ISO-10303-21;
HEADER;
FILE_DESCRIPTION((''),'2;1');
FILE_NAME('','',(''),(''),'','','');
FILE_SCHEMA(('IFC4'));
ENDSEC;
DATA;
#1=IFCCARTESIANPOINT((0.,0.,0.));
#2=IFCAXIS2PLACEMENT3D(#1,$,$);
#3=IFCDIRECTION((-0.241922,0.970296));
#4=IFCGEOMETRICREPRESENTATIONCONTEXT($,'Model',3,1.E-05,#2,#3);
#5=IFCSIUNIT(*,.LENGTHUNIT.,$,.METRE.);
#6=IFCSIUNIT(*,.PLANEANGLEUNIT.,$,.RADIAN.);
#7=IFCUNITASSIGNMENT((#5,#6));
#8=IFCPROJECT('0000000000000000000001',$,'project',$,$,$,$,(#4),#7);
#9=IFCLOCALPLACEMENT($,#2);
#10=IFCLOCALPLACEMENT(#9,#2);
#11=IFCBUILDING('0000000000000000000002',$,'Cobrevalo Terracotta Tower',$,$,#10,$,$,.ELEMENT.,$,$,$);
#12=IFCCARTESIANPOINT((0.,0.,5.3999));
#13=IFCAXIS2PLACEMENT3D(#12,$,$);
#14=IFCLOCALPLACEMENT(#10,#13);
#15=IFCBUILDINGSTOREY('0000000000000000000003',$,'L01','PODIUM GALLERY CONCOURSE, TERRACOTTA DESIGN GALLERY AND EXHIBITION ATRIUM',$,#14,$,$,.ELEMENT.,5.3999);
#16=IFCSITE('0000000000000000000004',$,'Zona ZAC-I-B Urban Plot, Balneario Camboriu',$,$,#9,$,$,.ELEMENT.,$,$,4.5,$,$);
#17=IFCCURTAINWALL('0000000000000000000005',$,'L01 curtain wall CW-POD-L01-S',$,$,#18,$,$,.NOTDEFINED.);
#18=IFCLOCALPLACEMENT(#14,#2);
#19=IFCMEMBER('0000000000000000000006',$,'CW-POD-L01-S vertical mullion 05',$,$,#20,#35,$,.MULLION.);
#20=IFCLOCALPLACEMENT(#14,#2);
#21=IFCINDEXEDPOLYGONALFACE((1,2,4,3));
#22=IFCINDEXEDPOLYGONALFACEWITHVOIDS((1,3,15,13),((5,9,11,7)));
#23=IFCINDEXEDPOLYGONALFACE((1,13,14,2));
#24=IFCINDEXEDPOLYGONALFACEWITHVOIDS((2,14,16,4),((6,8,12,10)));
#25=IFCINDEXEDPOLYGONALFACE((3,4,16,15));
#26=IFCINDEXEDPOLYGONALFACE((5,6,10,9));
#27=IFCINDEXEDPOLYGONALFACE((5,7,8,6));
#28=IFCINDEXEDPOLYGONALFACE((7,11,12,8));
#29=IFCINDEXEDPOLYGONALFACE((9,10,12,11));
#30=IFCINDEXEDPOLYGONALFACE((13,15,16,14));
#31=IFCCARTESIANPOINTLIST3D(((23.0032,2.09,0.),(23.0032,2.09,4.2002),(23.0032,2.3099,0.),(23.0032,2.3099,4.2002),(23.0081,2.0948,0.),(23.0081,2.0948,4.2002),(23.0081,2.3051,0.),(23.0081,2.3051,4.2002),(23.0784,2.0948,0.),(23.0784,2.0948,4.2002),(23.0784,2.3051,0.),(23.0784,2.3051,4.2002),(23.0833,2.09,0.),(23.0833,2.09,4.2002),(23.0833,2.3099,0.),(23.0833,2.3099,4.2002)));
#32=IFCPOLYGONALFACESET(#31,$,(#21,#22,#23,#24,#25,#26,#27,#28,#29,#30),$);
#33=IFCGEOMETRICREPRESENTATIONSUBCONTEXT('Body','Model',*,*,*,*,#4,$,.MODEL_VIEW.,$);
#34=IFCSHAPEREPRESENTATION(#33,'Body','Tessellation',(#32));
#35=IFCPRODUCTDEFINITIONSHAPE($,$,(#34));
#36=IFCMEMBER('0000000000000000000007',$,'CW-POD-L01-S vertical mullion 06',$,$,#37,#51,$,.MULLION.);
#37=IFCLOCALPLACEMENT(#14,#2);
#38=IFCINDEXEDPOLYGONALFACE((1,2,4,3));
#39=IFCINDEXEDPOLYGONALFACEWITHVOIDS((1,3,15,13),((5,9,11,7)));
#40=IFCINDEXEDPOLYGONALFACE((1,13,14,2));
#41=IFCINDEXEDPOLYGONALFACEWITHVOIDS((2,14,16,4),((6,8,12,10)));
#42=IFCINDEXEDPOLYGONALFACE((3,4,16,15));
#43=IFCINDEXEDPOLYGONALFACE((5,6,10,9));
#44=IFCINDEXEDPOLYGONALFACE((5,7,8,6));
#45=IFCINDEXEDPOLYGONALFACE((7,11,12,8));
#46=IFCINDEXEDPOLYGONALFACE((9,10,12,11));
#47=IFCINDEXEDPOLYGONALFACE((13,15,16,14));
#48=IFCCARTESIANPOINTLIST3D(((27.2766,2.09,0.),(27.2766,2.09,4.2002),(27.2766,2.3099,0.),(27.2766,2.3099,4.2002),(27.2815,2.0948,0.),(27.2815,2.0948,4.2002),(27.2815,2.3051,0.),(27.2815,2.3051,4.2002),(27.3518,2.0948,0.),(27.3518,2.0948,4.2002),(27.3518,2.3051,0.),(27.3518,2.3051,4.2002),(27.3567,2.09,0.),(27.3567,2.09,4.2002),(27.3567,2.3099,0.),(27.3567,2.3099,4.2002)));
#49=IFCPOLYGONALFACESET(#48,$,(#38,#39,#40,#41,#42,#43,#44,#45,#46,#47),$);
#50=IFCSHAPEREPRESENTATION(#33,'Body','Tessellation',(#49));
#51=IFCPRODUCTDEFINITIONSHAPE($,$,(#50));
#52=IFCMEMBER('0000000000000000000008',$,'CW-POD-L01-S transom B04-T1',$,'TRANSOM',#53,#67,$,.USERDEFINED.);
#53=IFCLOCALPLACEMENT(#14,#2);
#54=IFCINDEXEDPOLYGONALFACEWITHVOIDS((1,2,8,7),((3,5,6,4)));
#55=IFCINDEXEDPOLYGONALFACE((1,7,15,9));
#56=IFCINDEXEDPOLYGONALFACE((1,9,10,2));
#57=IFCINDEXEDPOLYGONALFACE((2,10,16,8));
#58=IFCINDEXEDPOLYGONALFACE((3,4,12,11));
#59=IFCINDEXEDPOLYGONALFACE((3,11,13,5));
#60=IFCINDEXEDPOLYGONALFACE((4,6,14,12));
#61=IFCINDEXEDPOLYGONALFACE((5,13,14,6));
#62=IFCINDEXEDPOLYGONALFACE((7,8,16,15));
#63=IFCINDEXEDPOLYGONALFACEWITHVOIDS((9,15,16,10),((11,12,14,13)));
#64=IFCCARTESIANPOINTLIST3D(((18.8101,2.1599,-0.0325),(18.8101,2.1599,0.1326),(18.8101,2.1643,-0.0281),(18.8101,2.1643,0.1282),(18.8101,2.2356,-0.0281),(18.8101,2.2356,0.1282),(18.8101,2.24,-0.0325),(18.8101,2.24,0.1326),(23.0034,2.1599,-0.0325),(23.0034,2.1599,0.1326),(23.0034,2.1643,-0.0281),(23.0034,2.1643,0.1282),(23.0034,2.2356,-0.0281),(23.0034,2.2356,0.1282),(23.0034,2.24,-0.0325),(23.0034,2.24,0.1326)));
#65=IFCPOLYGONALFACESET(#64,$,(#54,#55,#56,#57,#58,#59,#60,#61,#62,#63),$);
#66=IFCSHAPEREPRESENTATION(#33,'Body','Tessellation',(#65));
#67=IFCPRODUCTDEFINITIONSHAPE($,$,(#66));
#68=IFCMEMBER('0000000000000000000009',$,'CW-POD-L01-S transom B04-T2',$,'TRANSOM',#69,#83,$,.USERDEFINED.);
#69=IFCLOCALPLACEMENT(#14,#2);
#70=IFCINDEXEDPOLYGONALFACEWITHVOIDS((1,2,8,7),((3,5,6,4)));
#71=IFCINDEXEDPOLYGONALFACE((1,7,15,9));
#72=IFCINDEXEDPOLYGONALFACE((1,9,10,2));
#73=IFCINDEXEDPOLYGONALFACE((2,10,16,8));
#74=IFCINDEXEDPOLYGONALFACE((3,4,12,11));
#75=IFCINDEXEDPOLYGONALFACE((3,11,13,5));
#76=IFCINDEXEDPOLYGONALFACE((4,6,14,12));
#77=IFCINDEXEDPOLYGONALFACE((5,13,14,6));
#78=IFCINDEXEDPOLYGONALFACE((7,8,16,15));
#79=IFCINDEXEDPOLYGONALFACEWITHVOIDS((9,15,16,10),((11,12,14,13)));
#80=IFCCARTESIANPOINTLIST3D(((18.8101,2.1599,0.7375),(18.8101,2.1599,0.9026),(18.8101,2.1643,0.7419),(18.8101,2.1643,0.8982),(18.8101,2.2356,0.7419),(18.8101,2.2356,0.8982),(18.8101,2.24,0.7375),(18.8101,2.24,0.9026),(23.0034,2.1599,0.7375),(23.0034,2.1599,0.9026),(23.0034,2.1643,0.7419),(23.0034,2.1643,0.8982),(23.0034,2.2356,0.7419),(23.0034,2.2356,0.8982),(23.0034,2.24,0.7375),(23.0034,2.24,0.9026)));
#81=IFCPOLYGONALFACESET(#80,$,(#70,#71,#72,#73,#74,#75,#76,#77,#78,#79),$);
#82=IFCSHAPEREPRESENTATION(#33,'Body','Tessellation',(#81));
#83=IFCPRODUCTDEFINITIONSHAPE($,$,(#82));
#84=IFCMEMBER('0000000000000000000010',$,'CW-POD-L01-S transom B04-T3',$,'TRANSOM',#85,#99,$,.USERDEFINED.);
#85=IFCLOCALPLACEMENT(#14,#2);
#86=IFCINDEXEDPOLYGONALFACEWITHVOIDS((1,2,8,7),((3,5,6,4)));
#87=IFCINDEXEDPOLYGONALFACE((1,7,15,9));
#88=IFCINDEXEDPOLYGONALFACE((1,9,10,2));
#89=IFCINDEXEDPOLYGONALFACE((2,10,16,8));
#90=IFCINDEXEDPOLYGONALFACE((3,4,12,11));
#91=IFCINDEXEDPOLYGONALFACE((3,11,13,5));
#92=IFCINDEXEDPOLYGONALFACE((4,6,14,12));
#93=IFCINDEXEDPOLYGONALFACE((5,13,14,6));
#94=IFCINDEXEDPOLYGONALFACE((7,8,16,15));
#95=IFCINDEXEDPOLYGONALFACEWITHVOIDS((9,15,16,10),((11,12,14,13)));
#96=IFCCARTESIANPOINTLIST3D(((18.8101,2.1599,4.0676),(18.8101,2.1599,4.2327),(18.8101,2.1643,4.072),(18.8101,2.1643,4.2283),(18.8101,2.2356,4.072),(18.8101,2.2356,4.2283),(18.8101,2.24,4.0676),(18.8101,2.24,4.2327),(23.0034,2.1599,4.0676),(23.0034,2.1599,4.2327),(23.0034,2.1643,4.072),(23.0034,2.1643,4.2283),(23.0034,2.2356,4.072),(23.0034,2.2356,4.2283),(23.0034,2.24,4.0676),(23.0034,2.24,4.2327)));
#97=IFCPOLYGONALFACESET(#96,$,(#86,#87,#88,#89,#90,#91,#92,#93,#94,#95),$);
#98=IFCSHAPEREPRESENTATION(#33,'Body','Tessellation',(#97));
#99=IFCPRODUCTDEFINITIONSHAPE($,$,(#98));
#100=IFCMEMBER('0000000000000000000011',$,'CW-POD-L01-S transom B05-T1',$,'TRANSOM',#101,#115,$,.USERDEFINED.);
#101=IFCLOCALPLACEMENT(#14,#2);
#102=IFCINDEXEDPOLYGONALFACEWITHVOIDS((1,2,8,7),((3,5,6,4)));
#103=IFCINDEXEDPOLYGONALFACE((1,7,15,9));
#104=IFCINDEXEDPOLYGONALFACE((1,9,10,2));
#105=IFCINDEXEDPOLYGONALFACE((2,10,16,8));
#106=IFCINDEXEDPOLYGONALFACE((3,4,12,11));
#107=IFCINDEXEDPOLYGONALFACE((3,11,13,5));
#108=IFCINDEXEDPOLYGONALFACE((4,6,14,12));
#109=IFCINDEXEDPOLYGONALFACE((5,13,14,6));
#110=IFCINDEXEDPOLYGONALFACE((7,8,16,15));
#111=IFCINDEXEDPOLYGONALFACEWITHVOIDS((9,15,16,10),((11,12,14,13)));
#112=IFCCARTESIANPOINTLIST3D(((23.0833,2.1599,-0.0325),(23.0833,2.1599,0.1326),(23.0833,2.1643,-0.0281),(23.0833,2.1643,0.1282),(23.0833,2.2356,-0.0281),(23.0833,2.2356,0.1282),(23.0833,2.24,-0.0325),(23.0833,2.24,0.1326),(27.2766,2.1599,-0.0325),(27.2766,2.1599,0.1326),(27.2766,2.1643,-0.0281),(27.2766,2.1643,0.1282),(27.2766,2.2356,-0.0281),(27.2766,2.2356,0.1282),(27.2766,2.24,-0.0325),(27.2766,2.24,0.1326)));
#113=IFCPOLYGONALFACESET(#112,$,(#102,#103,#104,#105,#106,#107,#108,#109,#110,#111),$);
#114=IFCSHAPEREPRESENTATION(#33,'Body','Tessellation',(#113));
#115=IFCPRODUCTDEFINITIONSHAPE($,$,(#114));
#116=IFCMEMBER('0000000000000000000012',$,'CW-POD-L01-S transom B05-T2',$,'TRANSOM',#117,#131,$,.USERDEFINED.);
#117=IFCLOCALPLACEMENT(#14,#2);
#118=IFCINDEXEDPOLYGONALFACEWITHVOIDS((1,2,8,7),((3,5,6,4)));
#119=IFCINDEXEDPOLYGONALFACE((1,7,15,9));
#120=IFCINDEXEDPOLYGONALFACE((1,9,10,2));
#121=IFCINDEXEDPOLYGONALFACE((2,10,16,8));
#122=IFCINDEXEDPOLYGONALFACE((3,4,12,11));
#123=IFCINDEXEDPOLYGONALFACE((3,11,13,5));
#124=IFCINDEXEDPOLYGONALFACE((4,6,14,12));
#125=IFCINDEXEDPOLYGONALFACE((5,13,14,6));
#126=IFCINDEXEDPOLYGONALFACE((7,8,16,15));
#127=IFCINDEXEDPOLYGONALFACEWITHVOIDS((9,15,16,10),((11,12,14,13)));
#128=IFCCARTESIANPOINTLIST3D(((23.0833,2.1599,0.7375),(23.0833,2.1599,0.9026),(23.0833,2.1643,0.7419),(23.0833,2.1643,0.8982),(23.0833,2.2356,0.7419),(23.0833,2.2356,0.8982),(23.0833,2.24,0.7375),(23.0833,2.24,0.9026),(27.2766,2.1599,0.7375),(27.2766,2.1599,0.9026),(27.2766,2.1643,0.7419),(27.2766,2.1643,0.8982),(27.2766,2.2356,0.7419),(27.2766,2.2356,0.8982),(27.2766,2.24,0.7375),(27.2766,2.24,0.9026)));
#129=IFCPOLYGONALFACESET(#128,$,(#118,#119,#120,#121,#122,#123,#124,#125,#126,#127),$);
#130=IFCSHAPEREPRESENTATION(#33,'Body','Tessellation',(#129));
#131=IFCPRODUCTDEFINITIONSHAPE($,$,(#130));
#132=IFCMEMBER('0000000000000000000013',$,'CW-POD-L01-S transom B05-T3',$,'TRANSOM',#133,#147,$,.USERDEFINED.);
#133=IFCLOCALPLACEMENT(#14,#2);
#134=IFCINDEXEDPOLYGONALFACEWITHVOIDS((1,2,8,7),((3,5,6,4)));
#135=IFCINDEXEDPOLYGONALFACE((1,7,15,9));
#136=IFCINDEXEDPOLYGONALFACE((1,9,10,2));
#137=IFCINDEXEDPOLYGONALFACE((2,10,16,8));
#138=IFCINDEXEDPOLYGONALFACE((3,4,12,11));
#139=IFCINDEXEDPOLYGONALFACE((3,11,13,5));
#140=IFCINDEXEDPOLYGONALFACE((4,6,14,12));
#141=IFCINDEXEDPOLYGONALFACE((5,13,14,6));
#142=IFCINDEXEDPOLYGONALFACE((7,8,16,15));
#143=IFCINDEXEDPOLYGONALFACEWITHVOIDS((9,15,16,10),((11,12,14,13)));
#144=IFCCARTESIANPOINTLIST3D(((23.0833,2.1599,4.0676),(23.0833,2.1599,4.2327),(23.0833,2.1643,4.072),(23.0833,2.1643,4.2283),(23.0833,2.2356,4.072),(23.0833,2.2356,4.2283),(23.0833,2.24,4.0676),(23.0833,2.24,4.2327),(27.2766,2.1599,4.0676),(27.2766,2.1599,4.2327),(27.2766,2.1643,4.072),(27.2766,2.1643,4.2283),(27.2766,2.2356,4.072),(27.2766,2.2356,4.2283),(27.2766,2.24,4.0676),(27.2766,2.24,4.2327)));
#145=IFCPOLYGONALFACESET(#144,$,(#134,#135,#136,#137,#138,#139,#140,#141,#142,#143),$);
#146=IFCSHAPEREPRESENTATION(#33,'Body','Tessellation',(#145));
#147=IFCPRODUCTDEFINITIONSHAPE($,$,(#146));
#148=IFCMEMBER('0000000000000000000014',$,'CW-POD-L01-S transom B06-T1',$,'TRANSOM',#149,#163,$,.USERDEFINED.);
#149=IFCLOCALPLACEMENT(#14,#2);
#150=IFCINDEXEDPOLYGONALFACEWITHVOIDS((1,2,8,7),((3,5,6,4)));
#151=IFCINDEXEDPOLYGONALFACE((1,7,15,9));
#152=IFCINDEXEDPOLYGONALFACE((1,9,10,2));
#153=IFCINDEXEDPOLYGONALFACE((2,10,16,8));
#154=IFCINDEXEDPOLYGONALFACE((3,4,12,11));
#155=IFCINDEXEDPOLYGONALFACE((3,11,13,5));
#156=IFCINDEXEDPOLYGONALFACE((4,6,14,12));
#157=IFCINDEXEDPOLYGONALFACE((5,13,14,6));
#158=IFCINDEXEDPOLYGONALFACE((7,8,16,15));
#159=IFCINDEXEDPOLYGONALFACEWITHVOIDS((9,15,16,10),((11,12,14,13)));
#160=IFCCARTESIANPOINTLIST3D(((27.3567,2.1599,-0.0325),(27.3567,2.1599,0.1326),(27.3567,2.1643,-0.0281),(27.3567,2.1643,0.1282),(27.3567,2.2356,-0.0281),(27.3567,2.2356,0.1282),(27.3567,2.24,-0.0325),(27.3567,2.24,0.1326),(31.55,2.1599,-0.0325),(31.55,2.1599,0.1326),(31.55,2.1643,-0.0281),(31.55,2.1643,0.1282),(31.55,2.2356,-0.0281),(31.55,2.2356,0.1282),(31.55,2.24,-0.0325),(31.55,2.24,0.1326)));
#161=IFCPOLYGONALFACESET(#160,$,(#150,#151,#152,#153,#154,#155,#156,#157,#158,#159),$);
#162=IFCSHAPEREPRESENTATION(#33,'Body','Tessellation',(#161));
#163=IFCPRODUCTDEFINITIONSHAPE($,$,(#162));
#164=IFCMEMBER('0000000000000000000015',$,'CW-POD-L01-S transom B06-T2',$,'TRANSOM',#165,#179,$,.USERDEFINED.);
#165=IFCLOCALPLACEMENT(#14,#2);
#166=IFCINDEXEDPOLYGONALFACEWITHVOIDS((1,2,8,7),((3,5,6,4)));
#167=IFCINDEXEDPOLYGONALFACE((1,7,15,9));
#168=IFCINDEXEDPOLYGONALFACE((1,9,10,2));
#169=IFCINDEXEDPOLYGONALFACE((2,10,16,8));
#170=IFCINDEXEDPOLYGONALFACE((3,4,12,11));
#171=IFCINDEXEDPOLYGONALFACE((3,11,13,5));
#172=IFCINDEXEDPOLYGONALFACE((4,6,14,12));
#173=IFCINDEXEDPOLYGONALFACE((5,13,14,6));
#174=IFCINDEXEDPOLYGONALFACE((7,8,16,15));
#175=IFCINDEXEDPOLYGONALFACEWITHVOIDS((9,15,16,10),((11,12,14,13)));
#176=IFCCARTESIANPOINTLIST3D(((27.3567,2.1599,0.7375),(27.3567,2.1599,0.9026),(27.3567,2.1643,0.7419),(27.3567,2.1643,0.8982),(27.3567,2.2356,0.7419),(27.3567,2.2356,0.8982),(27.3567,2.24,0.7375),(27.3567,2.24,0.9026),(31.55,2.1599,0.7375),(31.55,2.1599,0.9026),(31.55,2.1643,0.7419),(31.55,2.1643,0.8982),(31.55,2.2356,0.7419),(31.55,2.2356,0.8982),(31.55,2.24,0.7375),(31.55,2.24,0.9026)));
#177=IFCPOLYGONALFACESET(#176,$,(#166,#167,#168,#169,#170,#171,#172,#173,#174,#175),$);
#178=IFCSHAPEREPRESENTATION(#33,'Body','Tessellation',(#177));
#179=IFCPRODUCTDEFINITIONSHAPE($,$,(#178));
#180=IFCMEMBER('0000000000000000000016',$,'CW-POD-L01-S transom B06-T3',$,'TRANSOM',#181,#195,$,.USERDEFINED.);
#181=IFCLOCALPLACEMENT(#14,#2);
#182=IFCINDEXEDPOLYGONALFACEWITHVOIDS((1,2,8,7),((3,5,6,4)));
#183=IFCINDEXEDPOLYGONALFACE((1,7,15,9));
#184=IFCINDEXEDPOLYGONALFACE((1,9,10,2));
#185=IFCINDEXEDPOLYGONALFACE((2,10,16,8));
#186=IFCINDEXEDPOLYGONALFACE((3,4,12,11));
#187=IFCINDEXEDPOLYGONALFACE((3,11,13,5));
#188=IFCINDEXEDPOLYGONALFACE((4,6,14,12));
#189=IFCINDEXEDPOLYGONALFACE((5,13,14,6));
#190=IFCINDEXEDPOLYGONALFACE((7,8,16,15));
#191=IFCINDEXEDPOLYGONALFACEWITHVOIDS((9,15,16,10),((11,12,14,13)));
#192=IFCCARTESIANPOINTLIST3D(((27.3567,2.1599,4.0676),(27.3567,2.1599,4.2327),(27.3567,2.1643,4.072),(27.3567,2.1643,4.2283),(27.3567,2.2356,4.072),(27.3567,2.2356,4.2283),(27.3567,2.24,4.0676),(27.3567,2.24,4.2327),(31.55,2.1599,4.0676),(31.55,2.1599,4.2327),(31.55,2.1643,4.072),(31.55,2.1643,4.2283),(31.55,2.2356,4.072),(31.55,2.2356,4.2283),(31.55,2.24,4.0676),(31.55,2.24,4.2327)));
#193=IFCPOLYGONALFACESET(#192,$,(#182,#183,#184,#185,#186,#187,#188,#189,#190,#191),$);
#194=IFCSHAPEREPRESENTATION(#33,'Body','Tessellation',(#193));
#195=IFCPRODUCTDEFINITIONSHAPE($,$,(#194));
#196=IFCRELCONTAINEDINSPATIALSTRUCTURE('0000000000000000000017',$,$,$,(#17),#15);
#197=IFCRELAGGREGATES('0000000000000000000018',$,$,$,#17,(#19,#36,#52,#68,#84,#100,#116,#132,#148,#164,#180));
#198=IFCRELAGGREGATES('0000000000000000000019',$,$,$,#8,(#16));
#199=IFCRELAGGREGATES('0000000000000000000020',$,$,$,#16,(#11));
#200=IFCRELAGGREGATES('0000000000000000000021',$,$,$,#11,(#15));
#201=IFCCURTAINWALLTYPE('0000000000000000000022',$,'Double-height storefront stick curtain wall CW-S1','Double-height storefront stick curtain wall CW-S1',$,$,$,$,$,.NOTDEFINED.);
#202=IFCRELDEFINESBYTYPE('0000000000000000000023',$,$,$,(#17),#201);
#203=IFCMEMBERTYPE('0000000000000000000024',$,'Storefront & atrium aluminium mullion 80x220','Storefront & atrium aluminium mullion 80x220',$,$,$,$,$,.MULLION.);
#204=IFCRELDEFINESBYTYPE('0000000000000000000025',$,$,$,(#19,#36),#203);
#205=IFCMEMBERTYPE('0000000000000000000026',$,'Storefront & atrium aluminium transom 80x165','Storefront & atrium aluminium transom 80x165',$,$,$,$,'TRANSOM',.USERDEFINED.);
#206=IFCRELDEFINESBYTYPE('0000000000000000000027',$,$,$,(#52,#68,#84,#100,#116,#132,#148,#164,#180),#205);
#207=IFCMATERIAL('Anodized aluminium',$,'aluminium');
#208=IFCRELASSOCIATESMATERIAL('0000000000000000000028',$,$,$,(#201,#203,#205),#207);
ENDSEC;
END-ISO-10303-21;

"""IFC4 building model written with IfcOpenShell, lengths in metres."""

from ifc_helpers import new_model, si_unit, direction, frame, origin, origin_2d, place, context, subcontext, project, spatial, hollow_rectangle, extrude, source, transform, mapped, material, material_profile, profile_set, type_object, element, aggregate, save


model = new_model("IFC4")

# Units and contexts
model_context = context("Model", 3, precision=1e-05, world=origin(), true_north=direction((-0.241922, 0.970296)))
body_context = subcontext(model_context, "Body", "Model", "MODEL_VIEW")
ifc_project = project(units=[si_unit("LENGTHUNIT", "METRE"), si_unit("PLANEANGLEUNIT", "RADIAN")], contexts=[model_context])

# Site, building, storey
site_placement = place(None, origin())
site = spatial("IfcSite", under=ifc_project, at=site_placement, Name="Zona ZAC-I-B Urban Plot, Balneario Camboriu", CompositionType="ELEMENT", RefElevation=4.5)
building_placement = place(site_placement, origin())
building = spatial("IfcBuilding", under=site, at=building_placement, Name="Cobrevalo Terracotta Tower", CompositionType="ELEMENT")
storey_placement = place(building_placement, frame((0.0, 0.0, 5.3999)))
storey = spatial("IfcBuildingStorey", under=building, at=storey_placement, Name="L01", Description="PODIUM GALLERY CONCOURSE, TERRACOTTA DESIGN GALLERY AND EXHIBITION ATRIUM", CompositionType="ELEMENT", Elevation=5.3999)

# Curtain wall, members
ifc_material_1 = material(Name="Anodized aluminium", Category="aluminium")
curtain_wall_type = type_object("IfcCurtainWallType", Name="Double-height storefront stick curtain wall CW-S1", Description="Double-height storefront stick curtain wall CW-S1", PredefinedType="NOTDEFINED", material=ifc_material_1)
curtain_wall_placement = place(storey_placement, origin())
curtain_wall = element("IfcCurtainWall", 1, at=curtain_wall_placement, inside=storey, type_object=curtain_wall_type, Name="L01 curtain wall CW-POD-L01-S", PredefinedType="NOTDEFINED")
ifc_material_profile_1 = material_profile(ifc_material_1, hollow_rectangle(XDim=0.0801, YDim=0.22, WallThickness=0.0049, at=origin_2d()), Name="CWM 80x220")
ifc_profile_set_1 = profile_set([ifc_material_profile_1], Name="Anodized aluminium")
member_type_1 = type_object("IfcMemberType", Name="Storefront & atrium aluminium mullion 80x220", Description="Storefront & atrium aluminium mullion 80x220", PredefinedType="MULLION", material=ifc_profile_set_1)
shared_shape_1 = source(origin(), body_context, "Body", "SweptSolid", [
    extrude(hollow_rectangle(XDim=0.0801, YDim=0.22, WallThickness=0.0049, at=origin_2d()), origin(), (0.0, 0.0, 1.0), 4.2002),
])
member_1_placement = place(storey_placement, frame((23.0432, 2.2, 0.0), z_axis=(0.0, 0.0, 1.0), x_axis=(1.0, 0.0, 0.0)))
member_1 = element("IfcMember", 2, at=member_1_placement, type_object=member_type_1, Name="CW-POD-L01-S vertical mullion 05", PredefinedType="MULLION", context=body_context, shape_type="MappedRepresentation", body=[
    mapped(shared_shape_1, transform((0.0, 0.0, 0.0), scale=1.0)),
])
member_2_placement = place(storey_placement, frame((27.3167, 2.2, 0.0), z_axis=(0.0, 0.0, 1.0), x_axis=(1.0, 0.0, 0.0)))
member_2 = element("IfcMember", 3, at=member_2_placement, type_object=member_type_1, Name="CW-POD-L01-S vertical mullion 06", PredefinedType="MULLION", context=body_context, shape_type="MappedRepresentation", body=[
    mapped(shared_shape_1, transform((0.0, 0.0, 0.0), scale=1.0)),
])
ifc_material_profile_2 = material_profile(ifc_material_1, hollow_rectangle(XDim=0.0801, YDim=0.165, WallThickness=0.0044, at=origin_2d()), Name="CWT 80x165")
ifc_profile_set_2 = profile_set([ifc_material_profile_2], Name="Anodized aluminium")
member_type_2 = type_object("IfcMemberType", Name="Storefront & atrium aluminium transom 80x165", Description="Storefront & atrium aluminium transom 80x165", ElementType="TRANSOM", PredefinedType="USERDEFINED", material=ifc_profile_set_2)
shared_shape_2 = source(origin(), body_context, "Body", "SweptSolid", [
    extrude(hollow_rectangle(XDim=0.0801, YDim=0.165, WallThickness=0.0044, at=origin_2d()), origin(), (0.0, 0.0, 1.0), 4.1934),
])
member_3_placement = place(storey_placement, frame((18.8101, 2.2, 0.05), z_axis=(1.0, 0.0, 0.0), x_axis=(0.0, 1.0, 0.0)))
member_3 = element("IfcMember", 4, at=member_3_placement, type_object=member_type_2, Name="CW-POD-L01-S transom B04-T1", ObjectType="TRANSOM", PredefinedType="USERDEFINED", context=body_context, shape_type="MappedRepresentation", body=[
    mapped(shared_shape_2, transform((0.0, 0.0, 0.0), scale=1.0)),
])
member_4_placement = place(storey_placement, frame((18.8101, 2.2, 0.8201), z_axis=(1.0, 0.0, 0.0), x_axis=(0.0, 1.0, 0.0)))
member_4 = element("IfcMember", 5, at=member_4_placement, type_object=member_type_2, Name="CW-POD-L01-S transom B04-T2", ObjectType="TRANSOM", PredefinedType="USERDEFINED", context=body_context, shape_type="MappedRepresentation", body=[
    mapped(shared_shape_2, transform((0.0, 0.0, 0.0), scale=1.0)),
])
member_5_placement = place(storey_placement, frame((18.8101, 2.2, 4.1501), z_axis=(1.0, 0.0, 0.0), x_axis=(0.0, 1.0, 0.0)))
member_5 = element("IfcMember", 6, at=member_5_placement, type_object=member_type_2, Name="CW-POD-L01-S transom B04-T3", ObjectType="TRANSOM", PredefinedType="USERDEFINED", context=body_context, shape_type="MappedRepresentation", body=[
    mapped(shared_shape_2, transform((0.0, 0.0, 0.0), scale=1.0)),
])
member_6_placement = place(storey_placement, frame((23.0833, 2.2, 0.05), z_axis=(1.0, 0.0, 0.0), x_axis=(0.0, 1.0, 0.0)))
member_6 = element("IfcMember", 7, at=member_6_placement, type_object=member_type_2, Name="CW-POD-L01-S transom B05-T1", ObjectType="TRANSOM", PredefinedType="USERDEFINED", context=body_context, shape_type="MappedRepresentation", body=[
    mapped(shared_shape_2, transform((0.0, 0.0, 0.0), scale=1.0)),
])
member_7_placement = place(storey_placement, frame((23.0833, 2.2, 0.8201), z_axis=(1.0, 0.0, 0.0), x_axis=(0.0, 1.0, 0.0)))
member_7 = element("IfcMember", 8, at=member_7_placement, type_object=member_type_2, Name="CW-POD-L01-S transom B05-T2", ObjectType="TRANSOM", PredefinedType="USERDEFINED", context=body_context, shape_type="MappedRepresentation", body=[
    mapped(shared_shape_2, transform((0.0, 0.0, 0.0), scale=1.0)),
])
member_8_placement = place(storey_placement, frame((23.0833, 2.2, 4.1501), z_axis=(1.0, 0.0, 0.0), x_axis=(0.0, 1.0, 0.0)))
member_8 = element("IfcMember", 9, at=member_8_placement, type_object=member_type_2, Name="CW-POD-L01-S transom B05-T3", ObjectType="TRANSOM", PredefinedType="USERDEFINED", context=body_context, shape_type="MappedRepresentation", body=[
    mapped(shared_shape_2, transform((0.0, 0.0, 0.0), scale=1.0)),
])
member_9_placement = place(storey_placement, frame((27.3567, 2.2, 0.05), z_axis=(1.0, 0.0, 0.0), x_axis=(0.0, 1.0, 0.0)))
member_9 = element("IfcMember", 10, at=member_9_placement, type_object=member_type_2, Name="CW-POD-L01-S transom B06-T1", ObjectType="TRANSOM", PredefinedType="USERDEFINED", context=body_context, shape_type="MappedRepresentation", body=[
    mapped(shared_shape_2, transform((0.0, 0.0, 0.0), scale=1.0)),
])
member_10_placement = place(storey_placement, frame((27.3567, 2.2, 0.8201), z_axis=(1.0, 0.0, 0.0), x_axis=(0.0, 1.0, 0.0)))
member_10 = element("IfcMember", 11, at=member_10_placement, type_object=member_type_2, Name="CW-POD-L01-S transom B06-T2", ObjectType="TRANSOM", PredefinedType="USERDEFINED", context=body_context, shape_type="MappedRepresentation", body=[
    mapped(shared_shape_2, transform((0.0, 0.0, 0.0), scale=1.0)),
])
member_11_placement = place(storey_placement, frame((27.3567, 2.2, 4.1501), z_axis=(1.0, 0.0, 0.0), x_axis=(0.0, 1.0, 0.0)))
member_11 = element("IfcMember", 12, at=member_11_placement, type_object=member_type_2, Name="CW-POD-L01-S transom B06-T3", ObjectType="TRANSOM", PredefinedType="USERDEFINED", context=body_context, shape_type="MappedRepresentation", body=[
    mapped(shared_shape_2, transform((0.0, 0.0, 0.0), scale=1.0)),
])
aggregate(curtain_wall, [member_1, member_2, member_3, member_4, member_5, member_6, member_7, member_8, member_9, member_10, member_11])

save(model, "model.ifc")
